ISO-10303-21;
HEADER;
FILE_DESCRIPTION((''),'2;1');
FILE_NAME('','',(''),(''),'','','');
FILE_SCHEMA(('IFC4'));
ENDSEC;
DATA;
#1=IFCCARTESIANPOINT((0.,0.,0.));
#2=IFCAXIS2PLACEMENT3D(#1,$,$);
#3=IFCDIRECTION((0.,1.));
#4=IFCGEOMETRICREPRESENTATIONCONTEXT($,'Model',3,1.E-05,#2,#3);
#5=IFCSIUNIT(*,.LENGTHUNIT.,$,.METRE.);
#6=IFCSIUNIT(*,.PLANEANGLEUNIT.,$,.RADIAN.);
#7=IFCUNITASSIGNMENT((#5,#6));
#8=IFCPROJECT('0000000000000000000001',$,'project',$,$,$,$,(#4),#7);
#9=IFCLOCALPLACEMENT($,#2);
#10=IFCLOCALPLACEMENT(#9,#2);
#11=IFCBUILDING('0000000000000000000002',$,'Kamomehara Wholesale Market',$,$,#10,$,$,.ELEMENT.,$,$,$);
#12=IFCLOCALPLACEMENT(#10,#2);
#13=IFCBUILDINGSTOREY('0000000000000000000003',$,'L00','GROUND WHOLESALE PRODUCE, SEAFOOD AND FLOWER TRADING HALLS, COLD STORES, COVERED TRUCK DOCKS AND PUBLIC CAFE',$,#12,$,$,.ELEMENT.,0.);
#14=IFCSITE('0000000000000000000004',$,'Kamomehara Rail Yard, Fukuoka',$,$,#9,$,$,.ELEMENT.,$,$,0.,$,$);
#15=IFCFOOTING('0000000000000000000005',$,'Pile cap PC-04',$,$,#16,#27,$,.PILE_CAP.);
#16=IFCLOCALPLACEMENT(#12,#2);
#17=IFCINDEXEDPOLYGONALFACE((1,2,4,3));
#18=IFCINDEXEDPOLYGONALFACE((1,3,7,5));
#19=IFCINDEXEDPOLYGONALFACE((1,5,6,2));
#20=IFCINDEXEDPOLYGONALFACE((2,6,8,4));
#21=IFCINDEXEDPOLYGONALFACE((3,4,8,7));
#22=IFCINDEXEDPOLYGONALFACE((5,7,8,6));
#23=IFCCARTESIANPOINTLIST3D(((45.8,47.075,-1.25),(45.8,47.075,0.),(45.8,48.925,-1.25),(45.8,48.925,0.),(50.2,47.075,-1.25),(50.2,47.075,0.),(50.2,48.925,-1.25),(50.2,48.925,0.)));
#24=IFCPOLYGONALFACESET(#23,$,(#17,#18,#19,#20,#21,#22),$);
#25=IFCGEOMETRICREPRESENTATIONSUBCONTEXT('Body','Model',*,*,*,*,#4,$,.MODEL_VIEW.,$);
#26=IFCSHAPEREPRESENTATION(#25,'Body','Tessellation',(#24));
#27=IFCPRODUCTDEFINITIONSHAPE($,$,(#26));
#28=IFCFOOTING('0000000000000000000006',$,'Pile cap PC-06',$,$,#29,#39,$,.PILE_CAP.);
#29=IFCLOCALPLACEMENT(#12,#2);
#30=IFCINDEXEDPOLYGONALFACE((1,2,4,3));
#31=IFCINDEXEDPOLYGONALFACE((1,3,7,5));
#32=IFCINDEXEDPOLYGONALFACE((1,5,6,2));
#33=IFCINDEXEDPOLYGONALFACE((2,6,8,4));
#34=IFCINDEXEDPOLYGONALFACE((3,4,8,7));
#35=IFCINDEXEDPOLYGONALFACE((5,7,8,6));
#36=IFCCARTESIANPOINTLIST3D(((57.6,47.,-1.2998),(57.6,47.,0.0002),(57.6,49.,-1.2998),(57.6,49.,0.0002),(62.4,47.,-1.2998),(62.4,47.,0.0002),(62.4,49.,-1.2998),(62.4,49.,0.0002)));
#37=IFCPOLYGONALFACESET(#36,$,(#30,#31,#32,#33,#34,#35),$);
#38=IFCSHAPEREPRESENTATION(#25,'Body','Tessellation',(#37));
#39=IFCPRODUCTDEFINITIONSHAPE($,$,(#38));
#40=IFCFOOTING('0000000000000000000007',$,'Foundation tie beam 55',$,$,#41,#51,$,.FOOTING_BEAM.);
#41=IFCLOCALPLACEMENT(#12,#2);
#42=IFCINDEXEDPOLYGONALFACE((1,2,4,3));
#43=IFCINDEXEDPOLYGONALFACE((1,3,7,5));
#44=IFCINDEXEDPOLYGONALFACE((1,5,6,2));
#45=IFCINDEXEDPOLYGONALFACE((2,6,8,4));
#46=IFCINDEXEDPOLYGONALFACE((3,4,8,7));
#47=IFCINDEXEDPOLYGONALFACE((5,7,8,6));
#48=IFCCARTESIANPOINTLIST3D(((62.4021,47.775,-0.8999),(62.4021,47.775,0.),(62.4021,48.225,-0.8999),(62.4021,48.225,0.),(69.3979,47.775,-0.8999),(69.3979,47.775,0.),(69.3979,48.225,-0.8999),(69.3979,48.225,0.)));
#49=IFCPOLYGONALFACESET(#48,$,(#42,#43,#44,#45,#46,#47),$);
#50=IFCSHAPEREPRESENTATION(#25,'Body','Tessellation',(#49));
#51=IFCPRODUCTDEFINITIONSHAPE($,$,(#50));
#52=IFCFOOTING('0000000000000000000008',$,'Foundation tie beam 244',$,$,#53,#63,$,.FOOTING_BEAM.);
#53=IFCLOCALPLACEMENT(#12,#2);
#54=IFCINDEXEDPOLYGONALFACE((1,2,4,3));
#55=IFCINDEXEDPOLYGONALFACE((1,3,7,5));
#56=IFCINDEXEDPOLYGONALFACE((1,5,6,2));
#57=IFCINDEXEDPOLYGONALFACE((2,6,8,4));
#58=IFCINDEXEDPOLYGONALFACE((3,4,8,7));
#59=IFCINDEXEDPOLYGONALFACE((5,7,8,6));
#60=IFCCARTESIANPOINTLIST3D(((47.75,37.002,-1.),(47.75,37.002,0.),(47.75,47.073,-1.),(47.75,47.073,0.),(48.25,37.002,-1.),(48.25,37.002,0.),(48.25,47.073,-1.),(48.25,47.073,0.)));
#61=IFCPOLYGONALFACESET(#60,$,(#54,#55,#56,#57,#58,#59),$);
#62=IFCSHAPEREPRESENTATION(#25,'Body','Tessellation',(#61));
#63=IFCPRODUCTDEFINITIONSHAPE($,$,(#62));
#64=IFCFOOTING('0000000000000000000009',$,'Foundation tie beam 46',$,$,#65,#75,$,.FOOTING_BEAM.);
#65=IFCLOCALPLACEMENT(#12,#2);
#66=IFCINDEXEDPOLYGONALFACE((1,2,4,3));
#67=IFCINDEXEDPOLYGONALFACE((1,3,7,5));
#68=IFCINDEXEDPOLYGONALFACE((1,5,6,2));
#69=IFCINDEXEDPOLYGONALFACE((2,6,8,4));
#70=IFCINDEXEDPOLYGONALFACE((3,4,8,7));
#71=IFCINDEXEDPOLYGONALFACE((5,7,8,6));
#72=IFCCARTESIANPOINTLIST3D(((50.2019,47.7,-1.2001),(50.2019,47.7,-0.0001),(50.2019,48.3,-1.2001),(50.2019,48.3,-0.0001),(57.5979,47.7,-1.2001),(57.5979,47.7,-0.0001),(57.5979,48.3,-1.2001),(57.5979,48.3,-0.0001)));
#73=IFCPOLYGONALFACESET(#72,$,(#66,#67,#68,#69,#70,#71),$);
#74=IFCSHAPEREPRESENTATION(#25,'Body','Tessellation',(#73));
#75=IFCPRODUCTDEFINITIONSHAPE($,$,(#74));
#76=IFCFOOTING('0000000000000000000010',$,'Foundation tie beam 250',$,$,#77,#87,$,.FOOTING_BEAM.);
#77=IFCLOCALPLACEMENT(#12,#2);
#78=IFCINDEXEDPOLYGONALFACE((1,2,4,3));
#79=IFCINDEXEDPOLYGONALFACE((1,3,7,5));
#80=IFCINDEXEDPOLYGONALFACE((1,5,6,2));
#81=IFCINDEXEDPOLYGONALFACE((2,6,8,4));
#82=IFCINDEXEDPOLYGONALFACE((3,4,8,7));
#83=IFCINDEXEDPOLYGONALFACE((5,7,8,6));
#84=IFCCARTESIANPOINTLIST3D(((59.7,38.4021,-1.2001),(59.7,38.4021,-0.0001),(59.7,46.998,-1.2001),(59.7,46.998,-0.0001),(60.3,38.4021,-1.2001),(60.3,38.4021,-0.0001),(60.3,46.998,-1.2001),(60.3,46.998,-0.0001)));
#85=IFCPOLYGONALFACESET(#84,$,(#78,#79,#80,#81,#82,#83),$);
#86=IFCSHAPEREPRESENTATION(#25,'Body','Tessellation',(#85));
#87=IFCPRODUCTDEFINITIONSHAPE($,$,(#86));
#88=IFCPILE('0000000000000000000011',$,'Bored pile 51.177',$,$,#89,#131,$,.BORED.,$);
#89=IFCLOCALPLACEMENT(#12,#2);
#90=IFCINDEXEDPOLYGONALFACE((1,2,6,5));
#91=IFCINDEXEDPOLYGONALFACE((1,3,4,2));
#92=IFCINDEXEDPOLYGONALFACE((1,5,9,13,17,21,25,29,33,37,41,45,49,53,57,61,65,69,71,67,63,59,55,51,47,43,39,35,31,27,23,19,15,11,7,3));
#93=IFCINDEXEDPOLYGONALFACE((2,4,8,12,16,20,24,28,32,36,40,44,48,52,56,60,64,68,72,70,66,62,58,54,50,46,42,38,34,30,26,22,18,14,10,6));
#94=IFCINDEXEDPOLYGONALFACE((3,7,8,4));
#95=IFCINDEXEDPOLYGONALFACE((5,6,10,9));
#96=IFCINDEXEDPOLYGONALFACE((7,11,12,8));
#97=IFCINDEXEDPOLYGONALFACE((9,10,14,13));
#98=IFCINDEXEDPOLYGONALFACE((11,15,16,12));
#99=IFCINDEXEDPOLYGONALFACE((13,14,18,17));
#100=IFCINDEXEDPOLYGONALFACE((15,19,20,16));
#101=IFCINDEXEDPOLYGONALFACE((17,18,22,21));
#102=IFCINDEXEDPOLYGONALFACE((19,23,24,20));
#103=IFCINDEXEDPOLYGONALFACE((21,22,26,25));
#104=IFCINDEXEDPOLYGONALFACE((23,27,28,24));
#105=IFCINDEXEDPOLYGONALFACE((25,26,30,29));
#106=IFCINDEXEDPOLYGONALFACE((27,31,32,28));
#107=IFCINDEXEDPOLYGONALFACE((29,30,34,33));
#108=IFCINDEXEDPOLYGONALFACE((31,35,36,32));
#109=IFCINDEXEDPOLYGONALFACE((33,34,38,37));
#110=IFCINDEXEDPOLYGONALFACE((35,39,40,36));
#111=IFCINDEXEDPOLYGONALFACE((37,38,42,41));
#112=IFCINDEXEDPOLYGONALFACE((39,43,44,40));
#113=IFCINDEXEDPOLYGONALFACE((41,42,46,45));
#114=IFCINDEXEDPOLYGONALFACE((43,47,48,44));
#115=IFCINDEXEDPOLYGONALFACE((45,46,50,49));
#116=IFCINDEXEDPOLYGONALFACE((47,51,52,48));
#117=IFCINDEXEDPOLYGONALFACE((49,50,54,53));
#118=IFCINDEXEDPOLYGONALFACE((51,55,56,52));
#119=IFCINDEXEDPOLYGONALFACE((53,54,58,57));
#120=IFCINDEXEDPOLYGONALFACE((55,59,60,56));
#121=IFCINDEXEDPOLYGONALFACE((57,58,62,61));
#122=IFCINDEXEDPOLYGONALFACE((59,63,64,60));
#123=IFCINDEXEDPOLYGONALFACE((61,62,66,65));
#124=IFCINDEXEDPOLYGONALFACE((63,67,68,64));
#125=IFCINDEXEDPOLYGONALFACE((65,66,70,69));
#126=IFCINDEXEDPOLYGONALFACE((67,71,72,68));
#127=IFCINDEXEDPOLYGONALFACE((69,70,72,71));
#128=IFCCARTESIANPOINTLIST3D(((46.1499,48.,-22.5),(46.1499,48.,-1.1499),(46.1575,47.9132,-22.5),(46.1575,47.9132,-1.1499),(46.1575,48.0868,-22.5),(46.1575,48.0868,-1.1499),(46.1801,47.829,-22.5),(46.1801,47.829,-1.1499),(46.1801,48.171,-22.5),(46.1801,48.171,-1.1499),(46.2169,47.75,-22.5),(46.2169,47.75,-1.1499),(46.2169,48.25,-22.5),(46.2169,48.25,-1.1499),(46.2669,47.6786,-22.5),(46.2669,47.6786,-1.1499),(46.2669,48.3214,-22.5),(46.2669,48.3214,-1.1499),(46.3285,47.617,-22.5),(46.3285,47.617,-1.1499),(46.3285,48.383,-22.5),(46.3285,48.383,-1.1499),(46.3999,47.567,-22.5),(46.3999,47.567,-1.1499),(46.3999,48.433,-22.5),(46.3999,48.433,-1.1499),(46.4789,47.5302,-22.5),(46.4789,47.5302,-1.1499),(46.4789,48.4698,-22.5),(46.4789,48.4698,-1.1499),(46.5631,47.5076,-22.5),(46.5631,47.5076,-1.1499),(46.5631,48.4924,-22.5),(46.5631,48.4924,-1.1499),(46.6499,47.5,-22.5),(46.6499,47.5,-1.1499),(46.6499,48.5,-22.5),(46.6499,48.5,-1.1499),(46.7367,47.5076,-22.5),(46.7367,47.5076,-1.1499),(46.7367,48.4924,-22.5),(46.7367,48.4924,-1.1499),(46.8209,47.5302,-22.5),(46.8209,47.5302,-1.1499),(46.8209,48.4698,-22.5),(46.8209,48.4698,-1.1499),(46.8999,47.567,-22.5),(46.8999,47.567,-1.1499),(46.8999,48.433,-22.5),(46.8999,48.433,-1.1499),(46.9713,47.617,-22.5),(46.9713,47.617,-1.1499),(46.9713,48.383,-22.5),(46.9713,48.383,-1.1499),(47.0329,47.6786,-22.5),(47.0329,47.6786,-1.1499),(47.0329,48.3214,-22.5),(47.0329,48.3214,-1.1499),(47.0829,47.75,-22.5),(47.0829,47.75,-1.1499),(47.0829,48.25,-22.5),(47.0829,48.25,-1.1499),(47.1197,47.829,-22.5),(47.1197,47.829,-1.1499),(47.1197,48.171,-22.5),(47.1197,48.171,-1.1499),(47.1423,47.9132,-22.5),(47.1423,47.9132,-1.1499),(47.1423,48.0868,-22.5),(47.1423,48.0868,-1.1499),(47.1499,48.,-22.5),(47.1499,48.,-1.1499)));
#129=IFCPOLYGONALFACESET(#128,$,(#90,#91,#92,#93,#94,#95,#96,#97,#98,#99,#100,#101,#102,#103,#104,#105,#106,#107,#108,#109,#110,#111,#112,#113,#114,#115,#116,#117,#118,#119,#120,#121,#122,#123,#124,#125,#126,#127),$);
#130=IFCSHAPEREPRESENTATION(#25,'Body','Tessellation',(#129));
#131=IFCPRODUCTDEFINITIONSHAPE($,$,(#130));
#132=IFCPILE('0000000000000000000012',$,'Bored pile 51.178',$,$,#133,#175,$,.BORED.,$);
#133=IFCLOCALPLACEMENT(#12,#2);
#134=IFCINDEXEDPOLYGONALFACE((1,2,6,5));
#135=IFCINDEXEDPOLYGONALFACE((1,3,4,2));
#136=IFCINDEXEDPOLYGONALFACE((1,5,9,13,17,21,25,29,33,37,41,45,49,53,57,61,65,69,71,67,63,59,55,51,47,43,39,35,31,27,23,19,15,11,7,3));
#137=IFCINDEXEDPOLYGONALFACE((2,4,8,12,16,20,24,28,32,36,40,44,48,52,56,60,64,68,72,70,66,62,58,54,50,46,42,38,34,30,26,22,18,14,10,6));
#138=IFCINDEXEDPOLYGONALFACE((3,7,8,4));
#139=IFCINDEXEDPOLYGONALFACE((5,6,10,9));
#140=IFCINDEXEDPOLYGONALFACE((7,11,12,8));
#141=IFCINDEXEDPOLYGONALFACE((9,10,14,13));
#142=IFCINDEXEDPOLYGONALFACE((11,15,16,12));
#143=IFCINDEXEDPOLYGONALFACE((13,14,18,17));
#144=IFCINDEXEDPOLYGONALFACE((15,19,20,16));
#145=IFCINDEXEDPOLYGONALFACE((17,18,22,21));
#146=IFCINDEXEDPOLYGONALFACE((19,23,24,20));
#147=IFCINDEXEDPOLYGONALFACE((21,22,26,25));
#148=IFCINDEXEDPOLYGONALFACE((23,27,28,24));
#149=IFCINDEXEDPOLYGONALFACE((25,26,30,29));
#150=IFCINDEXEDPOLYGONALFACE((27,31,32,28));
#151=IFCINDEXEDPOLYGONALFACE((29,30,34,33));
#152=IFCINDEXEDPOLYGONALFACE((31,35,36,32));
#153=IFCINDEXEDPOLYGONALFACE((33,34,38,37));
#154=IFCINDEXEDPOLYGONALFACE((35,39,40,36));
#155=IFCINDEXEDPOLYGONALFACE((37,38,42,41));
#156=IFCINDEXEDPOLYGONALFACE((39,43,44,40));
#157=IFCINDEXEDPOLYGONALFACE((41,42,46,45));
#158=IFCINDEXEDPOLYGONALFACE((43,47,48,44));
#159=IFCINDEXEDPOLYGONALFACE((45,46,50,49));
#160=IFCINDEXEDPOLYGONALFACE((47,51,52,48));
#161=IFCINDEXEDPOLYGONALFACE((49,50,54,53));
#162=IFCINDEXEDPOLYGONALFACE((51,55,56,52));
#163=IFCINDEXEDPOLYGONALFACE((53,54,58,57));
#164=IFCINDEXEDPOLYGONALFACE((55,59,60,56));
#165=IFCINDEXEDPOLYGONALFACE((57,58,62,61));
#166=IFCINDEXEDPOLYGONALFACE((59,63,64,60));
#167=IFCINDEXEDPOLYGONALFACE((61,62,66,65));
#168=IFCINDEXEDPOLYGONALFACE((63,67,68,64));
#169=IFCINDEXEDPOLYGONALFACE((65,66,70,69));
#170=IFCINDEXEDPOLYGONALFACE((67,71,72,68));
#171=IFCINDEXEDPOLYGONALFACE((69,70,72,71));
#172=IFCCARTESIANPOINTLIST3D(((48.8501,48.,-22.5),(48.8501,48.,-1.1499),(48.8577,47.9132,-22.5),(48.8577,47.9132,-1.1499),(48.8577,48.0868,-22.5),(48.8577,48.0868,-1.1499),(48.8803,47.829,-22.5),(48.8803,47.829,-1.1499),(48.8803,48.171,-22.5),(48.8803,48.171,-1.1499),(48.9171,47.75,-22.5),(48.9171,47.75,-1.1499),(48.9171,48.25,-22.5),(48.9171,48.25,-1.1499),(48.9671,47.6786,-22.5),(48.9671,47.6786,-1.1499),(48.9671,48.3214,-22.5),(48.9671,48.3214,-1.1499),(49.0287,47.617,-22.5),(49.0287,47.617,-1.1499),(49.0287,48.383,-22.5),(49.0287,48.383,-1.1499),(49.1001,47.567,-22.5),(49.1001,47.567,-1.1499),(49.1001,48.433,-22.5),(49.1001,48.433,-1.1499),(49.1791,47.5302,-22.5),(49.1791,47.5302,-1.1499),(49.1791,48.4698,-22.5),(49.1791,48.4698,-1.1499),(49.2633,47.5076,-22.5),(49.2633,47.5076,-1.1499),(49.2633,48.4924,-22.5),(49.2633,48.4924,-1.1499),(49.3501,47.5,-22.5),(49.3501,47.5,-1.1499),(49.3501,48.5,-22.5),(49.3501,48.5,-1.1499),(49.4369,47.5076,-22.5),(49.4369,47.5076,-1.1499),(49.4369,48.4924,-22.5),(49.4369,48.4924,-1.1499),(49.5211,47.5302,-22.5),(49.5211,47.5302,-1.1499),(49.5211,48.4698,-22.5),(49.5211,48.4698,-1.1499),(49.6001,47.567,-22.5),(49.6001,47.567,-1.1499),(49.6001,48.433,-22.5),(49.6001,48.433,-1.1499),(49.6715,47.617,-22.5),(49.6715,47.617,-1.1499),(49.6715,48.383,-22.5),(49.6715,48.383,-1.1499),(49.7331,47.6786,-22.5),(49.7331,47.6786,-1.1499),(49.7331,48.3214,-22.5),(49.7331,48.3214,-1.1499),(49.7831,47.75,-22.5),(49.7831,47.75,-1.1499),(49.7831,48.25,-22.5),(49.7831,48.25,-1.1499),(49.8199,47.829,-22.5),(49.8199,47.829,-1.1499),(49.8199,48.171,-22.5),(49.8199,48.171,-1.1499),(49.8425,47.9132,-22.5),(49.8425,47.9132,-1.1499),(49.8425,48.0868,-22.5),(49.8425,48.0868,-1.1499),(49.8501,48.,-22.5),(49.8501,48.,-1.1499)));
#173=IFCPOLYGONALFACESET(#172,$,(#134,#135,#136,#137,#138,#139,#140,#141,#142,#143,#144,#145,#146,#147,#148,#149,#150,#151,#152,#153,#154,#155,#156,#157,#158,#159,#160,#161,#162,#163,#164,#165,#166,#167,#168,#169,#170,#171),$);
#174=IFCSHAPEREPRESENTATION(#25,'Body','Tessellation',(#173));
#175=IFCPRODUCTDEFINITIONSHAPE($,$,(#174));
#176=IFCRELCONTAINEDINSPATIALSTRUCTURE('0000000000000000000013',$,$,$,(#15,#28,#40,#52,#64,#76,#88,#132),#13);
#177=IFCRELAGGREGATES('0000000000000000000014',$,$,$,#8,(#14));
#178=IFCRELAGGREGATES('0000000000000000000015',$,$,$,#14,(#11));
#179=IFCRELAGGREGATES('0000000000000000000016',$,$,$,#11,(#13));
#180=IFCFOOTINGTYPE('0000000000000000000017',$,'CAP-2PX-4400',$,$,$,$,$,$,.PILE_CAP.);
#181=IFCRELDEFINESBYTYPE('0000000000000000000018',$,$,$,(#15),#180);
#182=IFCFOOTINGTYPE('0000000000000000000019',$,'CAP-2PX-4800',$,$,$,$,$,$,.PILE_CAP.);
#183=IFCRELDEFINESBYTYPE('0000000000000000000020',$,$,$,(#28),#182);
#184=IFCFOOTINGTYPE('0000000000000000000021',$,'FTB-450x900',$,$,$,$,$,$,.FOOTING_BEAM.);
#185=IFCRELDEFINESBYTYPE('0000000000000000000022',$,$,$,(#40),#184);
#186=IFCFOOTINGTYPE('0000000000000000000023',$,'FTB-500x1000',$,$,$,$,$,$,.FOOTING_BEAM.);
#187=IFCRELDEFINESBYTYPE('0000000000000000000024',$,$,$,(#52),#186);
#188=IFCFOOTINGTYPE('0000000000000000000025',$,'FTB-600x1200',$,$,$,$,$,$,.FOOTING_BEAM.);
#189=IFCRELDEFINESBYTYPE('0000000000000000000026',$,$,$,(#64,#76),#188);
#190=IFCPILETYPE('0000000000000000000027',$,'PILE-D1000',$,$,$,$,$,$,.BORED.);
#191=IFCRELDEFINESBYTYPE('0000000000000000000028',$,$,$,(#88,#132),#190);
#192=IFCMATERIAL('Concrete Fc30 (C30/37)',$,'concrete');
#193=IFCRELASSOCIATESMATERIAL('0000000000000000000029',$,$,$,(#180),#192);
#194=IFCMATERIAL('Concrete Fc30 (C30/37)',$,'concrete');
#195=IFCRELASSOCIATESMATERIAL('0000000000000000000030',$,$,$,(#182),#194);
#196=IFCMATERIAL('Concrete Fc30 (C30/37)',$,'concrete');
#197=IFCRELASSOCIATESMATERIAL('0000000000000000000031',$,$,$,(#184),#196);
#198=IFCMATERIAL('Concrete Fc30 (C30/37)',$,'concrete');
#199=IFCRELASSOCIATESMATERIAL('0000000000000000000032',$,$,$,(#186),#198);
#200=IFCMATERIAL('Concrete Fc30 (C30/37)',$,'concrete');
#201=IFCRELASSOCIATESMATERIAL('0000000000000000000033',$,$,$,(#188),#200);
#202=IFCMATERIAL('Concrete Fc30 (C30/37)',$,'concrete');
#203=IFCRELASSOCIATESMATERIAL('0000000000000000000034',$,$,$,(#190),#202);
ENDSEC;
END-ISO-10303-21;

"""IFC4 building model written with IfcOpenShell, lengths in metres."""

from ifc_helpers import new_model, si_unit, direction, frame, origin, origin_2d, place, context, subcontext, project, spatial, rectangle, circle, extrude, material, material_profile, profile_set, type_object, element, save


model = new_model("IFC4")

# Units and contexts
model_context = context("Model", 3, precision=1e-05, world=origin(), true_north=direction((0.0, 1.0)))
body_context = subcontext(model_context, "Body", "Model", "MODEL_VIEW")
ifc_project = project(units=[si_unit("LENGTHUNIT", "METRE"), si_unit("PLANEANGLEUNIT", "RADIAN")], contexts=[model_context])

# Site, building, storey
site_placement = place(None, origin())
site = spatial("IfcSite", under=ifc_project, at=site_placement, Name="Kamomehara Rail Yard, Fukuoka", CompositionType="ELEMENT", RefElevation=0.0)
building_placement = place(site_placement, origin())
building = spatial("IfcBuilding", under=site, at=building_placement, Name="Kamomehara Wholesale Market", CompositionType="ELEMENT")
storey_placement = place(building_placement, origin())
storey = spatial("IfcBuildingStorey", under=building, at=storey_placement, Name="L00", Description="GROUND WHOLESALE PRODUCE, SEAFOOD AND FLOWER TRADING HALLS, COLD STORES, COVERED TRUCK DOCKS AND PUBLIC CAFE", CompositionType="ELEMENT", Elevation=0.0)

# Footings
ifc_material_1 = material(Name="Concrete Fc30 (C30/37)", Category="concrete")
footing_type_1 = type_object("IfcFootingType", Name="CAP-2PX-4400", PredefinedType="PILE_CAP", material=ifc_material_1)
footing_1_placement = place(storey_placement, frame((48.0, 48.0, -1.25), z_axis=(0.0, 0.0, 1.0), x_axis=(1.0, 0.0, 0.0)))
element("IfcFooting", 1, at=footing_1_placement, inside=storey, type_object=footing_type_1, Name="Pile cap PC-04", PredefinedType="PILE_CAP", context=body_context, shape_type="SweptSolid", body=[
    extrude(rectangle(XDim=4.3999, YDim=1.8501, at=origin_2d()), origin(), (0.0, 0.0, 1.0), 1.25),
])
ifc_material_2 = material(Name="Concrete Fc30 (C30/37)", Category="concrete")
footing_type_2 = type_object("IfcFootingType", Name="CAP-2PX-4800", PredefinedType="PILE_CAP", material=ifc_material_2)
footing_2_placement = place(storey_placement, frame((60.0, 48.0, -1.2998), z_axis=(0.0, 0.0, 1.0), x_axis=(1.0, 0.0, 0.0)))
element("IfcFooting", 2, at=footing_2_placement, inside=storey, type_object=footing_type_2, Name="Pile cap PC-06", PredefinedType="PILE_CAP", context=body_context, shape_type="SweptSolid", body=[
    extrude(rectangle(XDim=4.8, YDim=2.0, at=origin_2d()), origin(), (0.0, 0.0, 1.0), 1.3),
])
ifc_material_3 = material(Name="Concrete Fc30 (C30/37)", Category="concrete")
ifc_material_profile_1 = material_profile(ifc_material_3, rectangle(XDim=0.45, YDim=0.8999, at=origin_2d()), Name="RC-FTB-450x900")
ifc_profile_set_1 = profile_set([ifc_material_profile_1], Name="Concrete Fc30 (C30/37)")
footing_type_3 = type_object("IfcFootingType", Name="FTB-450x900", PredefinedType="FOOTING_BEAM", material=ifc_profile_set_1)
footing_3_placement = place(storey_placement, frame((62.4021, 48.0, -0.45), z_axis=(1.0, 0.0, 0.0), x_axis=(0.0, 1.0, 0.0)))
element("IfcFooting", 3, at=footing_3_placement, inside=storey, type_object=footing_type_3, Name="Foundation tie beam 55", PredefinedType="FOOTING_BEAM", context=body_context, shape_type="SweptSolid", body=[
    extrude(rectangle(XDim=0.45, YDim=0.8999, at=origin_2d()), origin(), (0.0, 0.0, 1.0), 6.9958),
])
ifc_material_4 = material(Name="Concrete Fc30 (C30/37)", Category="concrete")
ifc_material_profile_2 = material_profile(ifc_material_4, rectangle(XDim=0.5, YDim=1.0, at=origin_2d()), Name="RC-FTB-500x1000")
ifc_profile_set_2 = profile_set([ifc_material_profile_2], Name="Concrete Fc30 (C30/37)")
footing_type_4 = type_object("IfcFootingType", Name="FTB-500x1000", PredefinedType="FOOTING_BEAM", material=ifc_profile_set_2)
footing_4_placement = place(storey_placement, frame((48.0, 37.002, -0.5), z_axis=(0.0, 1.0, 0.0), x_axis=(-1.0, 0.0, 0.0)))
element("IfcFooting", 4, at=footing_4_placement, inside=storey, type_object=footing_type_4, Name="Foundation tie beam 244", PredefinedType="FOOTING_BEAM", context=body_context, shape_type="SweptSolid", body=[
    extrude(rectangle(XDim=0.5, YDim=1.0, at=origin_2d()), origin(), (0.0, 0.0, 1.0), 10.071),
])
ifc_material_5 = material(Name="Concrete Fc30 (C30/37)", Category="concrete")
ifc_material_profile_3 = material_profile(ifc_material_5, rectangle(XDim=0.6001, YDim=1.2, at=origin_2d()), Name="RC-FTB-600x1200")
ifc_profile_set_3 = profile_set([ifc_material_profile_3], Name="Concrete Fc30 (C30/37)")
footing_type_5 = type_object("IfcFootingType", Name="FTB-600x1200", PredefinedType="FOOTING_BEAM", material=ifc_profile_set_3)
footing_5_placement = place(storey_placement, frame((50.2019, 48.0, -0.6001), z_axis=(1.0, 0.0, 0.0), x_axis=(0.0, 1.0, 0.0)))
element("IfcFooting", 5, at=footing_5_placement, inside=storey, type_object=footing_type_5, Name="Foundation tie beam 46", PredefinedType="FOOTING_BEAM", context=body_context, shape_type="SweptSolid", body=[
    extrude(rectangle(XDim=0.6001, YDim=1.2, at=origin_2d()), origin(), (0.0, 0.0, 1.0), 7.396),
])
footing_6_placement = place(storey_placement, frame((60.0, 38.4021, -0.6001), z_axis=(0.0, 1.0, 0.0), x_axis=(-1.0, 0.0, 0.0)))
element("IfcFooting", 6, at=footing_6_placement, inside=storey, type_object=footing_type_5, Name="Foundation tie beam 250", PredefinedType="FOOTING_BEAM", context=body_context, shape_type="SweptSolid", body=[
    extrude(rectangle(XDim=0.6001, YDim=1.2, at=origin_2d()), origin(), (0.0, 0.0, 1.0), 8.5959),
])

# Piles
ifc_material_6 = material(Name="Concrete Fc30 (C30/37)", Category="concrete")
ifc_material_profile_4 = material_profile(ifc_material_6, circle(Radius=0.5, at=origin_2d()), Name="RC-PILE-D1000")
ifc_profile_set_4 = profile_set([ifc_material_profile_4], Name="Concrete Fc30 (C30/37)")
pile_type_1 = type_object("IfcPileType", Name="PILE-D1000", PredefinedType="BORED", material=ifc_profile_set_4)
for number, where, z_axis, x_axis, name in (
    (7, (46.6499, 48.0, -1.1499), (0.0, 0.0, -1.0), (1.0, 0.0, 0.0), "Bored pile 51.177"),
    (8, (49.3501, 48.0, -1.1499), (0.0, 0.0, -1.0), (1.0, 0.0, 0.0), "Bored pile 51.178"),
):
    element("IfcPile", number, at=place(storey_placement, frame(where, z_axis=z_axis, x_axis=x_axis)), inside=storey, type_object=pile_type_1, Name=name, PredefinedType="BORED", context=body_context, shape_type="SweptSolid", body=[
        extrude(circle(Radius=0.5, at=origin_2d()), origin(), (0.0, 0.0, 1.0), 21.3501),
    ])

save(model, "model.ifc")
